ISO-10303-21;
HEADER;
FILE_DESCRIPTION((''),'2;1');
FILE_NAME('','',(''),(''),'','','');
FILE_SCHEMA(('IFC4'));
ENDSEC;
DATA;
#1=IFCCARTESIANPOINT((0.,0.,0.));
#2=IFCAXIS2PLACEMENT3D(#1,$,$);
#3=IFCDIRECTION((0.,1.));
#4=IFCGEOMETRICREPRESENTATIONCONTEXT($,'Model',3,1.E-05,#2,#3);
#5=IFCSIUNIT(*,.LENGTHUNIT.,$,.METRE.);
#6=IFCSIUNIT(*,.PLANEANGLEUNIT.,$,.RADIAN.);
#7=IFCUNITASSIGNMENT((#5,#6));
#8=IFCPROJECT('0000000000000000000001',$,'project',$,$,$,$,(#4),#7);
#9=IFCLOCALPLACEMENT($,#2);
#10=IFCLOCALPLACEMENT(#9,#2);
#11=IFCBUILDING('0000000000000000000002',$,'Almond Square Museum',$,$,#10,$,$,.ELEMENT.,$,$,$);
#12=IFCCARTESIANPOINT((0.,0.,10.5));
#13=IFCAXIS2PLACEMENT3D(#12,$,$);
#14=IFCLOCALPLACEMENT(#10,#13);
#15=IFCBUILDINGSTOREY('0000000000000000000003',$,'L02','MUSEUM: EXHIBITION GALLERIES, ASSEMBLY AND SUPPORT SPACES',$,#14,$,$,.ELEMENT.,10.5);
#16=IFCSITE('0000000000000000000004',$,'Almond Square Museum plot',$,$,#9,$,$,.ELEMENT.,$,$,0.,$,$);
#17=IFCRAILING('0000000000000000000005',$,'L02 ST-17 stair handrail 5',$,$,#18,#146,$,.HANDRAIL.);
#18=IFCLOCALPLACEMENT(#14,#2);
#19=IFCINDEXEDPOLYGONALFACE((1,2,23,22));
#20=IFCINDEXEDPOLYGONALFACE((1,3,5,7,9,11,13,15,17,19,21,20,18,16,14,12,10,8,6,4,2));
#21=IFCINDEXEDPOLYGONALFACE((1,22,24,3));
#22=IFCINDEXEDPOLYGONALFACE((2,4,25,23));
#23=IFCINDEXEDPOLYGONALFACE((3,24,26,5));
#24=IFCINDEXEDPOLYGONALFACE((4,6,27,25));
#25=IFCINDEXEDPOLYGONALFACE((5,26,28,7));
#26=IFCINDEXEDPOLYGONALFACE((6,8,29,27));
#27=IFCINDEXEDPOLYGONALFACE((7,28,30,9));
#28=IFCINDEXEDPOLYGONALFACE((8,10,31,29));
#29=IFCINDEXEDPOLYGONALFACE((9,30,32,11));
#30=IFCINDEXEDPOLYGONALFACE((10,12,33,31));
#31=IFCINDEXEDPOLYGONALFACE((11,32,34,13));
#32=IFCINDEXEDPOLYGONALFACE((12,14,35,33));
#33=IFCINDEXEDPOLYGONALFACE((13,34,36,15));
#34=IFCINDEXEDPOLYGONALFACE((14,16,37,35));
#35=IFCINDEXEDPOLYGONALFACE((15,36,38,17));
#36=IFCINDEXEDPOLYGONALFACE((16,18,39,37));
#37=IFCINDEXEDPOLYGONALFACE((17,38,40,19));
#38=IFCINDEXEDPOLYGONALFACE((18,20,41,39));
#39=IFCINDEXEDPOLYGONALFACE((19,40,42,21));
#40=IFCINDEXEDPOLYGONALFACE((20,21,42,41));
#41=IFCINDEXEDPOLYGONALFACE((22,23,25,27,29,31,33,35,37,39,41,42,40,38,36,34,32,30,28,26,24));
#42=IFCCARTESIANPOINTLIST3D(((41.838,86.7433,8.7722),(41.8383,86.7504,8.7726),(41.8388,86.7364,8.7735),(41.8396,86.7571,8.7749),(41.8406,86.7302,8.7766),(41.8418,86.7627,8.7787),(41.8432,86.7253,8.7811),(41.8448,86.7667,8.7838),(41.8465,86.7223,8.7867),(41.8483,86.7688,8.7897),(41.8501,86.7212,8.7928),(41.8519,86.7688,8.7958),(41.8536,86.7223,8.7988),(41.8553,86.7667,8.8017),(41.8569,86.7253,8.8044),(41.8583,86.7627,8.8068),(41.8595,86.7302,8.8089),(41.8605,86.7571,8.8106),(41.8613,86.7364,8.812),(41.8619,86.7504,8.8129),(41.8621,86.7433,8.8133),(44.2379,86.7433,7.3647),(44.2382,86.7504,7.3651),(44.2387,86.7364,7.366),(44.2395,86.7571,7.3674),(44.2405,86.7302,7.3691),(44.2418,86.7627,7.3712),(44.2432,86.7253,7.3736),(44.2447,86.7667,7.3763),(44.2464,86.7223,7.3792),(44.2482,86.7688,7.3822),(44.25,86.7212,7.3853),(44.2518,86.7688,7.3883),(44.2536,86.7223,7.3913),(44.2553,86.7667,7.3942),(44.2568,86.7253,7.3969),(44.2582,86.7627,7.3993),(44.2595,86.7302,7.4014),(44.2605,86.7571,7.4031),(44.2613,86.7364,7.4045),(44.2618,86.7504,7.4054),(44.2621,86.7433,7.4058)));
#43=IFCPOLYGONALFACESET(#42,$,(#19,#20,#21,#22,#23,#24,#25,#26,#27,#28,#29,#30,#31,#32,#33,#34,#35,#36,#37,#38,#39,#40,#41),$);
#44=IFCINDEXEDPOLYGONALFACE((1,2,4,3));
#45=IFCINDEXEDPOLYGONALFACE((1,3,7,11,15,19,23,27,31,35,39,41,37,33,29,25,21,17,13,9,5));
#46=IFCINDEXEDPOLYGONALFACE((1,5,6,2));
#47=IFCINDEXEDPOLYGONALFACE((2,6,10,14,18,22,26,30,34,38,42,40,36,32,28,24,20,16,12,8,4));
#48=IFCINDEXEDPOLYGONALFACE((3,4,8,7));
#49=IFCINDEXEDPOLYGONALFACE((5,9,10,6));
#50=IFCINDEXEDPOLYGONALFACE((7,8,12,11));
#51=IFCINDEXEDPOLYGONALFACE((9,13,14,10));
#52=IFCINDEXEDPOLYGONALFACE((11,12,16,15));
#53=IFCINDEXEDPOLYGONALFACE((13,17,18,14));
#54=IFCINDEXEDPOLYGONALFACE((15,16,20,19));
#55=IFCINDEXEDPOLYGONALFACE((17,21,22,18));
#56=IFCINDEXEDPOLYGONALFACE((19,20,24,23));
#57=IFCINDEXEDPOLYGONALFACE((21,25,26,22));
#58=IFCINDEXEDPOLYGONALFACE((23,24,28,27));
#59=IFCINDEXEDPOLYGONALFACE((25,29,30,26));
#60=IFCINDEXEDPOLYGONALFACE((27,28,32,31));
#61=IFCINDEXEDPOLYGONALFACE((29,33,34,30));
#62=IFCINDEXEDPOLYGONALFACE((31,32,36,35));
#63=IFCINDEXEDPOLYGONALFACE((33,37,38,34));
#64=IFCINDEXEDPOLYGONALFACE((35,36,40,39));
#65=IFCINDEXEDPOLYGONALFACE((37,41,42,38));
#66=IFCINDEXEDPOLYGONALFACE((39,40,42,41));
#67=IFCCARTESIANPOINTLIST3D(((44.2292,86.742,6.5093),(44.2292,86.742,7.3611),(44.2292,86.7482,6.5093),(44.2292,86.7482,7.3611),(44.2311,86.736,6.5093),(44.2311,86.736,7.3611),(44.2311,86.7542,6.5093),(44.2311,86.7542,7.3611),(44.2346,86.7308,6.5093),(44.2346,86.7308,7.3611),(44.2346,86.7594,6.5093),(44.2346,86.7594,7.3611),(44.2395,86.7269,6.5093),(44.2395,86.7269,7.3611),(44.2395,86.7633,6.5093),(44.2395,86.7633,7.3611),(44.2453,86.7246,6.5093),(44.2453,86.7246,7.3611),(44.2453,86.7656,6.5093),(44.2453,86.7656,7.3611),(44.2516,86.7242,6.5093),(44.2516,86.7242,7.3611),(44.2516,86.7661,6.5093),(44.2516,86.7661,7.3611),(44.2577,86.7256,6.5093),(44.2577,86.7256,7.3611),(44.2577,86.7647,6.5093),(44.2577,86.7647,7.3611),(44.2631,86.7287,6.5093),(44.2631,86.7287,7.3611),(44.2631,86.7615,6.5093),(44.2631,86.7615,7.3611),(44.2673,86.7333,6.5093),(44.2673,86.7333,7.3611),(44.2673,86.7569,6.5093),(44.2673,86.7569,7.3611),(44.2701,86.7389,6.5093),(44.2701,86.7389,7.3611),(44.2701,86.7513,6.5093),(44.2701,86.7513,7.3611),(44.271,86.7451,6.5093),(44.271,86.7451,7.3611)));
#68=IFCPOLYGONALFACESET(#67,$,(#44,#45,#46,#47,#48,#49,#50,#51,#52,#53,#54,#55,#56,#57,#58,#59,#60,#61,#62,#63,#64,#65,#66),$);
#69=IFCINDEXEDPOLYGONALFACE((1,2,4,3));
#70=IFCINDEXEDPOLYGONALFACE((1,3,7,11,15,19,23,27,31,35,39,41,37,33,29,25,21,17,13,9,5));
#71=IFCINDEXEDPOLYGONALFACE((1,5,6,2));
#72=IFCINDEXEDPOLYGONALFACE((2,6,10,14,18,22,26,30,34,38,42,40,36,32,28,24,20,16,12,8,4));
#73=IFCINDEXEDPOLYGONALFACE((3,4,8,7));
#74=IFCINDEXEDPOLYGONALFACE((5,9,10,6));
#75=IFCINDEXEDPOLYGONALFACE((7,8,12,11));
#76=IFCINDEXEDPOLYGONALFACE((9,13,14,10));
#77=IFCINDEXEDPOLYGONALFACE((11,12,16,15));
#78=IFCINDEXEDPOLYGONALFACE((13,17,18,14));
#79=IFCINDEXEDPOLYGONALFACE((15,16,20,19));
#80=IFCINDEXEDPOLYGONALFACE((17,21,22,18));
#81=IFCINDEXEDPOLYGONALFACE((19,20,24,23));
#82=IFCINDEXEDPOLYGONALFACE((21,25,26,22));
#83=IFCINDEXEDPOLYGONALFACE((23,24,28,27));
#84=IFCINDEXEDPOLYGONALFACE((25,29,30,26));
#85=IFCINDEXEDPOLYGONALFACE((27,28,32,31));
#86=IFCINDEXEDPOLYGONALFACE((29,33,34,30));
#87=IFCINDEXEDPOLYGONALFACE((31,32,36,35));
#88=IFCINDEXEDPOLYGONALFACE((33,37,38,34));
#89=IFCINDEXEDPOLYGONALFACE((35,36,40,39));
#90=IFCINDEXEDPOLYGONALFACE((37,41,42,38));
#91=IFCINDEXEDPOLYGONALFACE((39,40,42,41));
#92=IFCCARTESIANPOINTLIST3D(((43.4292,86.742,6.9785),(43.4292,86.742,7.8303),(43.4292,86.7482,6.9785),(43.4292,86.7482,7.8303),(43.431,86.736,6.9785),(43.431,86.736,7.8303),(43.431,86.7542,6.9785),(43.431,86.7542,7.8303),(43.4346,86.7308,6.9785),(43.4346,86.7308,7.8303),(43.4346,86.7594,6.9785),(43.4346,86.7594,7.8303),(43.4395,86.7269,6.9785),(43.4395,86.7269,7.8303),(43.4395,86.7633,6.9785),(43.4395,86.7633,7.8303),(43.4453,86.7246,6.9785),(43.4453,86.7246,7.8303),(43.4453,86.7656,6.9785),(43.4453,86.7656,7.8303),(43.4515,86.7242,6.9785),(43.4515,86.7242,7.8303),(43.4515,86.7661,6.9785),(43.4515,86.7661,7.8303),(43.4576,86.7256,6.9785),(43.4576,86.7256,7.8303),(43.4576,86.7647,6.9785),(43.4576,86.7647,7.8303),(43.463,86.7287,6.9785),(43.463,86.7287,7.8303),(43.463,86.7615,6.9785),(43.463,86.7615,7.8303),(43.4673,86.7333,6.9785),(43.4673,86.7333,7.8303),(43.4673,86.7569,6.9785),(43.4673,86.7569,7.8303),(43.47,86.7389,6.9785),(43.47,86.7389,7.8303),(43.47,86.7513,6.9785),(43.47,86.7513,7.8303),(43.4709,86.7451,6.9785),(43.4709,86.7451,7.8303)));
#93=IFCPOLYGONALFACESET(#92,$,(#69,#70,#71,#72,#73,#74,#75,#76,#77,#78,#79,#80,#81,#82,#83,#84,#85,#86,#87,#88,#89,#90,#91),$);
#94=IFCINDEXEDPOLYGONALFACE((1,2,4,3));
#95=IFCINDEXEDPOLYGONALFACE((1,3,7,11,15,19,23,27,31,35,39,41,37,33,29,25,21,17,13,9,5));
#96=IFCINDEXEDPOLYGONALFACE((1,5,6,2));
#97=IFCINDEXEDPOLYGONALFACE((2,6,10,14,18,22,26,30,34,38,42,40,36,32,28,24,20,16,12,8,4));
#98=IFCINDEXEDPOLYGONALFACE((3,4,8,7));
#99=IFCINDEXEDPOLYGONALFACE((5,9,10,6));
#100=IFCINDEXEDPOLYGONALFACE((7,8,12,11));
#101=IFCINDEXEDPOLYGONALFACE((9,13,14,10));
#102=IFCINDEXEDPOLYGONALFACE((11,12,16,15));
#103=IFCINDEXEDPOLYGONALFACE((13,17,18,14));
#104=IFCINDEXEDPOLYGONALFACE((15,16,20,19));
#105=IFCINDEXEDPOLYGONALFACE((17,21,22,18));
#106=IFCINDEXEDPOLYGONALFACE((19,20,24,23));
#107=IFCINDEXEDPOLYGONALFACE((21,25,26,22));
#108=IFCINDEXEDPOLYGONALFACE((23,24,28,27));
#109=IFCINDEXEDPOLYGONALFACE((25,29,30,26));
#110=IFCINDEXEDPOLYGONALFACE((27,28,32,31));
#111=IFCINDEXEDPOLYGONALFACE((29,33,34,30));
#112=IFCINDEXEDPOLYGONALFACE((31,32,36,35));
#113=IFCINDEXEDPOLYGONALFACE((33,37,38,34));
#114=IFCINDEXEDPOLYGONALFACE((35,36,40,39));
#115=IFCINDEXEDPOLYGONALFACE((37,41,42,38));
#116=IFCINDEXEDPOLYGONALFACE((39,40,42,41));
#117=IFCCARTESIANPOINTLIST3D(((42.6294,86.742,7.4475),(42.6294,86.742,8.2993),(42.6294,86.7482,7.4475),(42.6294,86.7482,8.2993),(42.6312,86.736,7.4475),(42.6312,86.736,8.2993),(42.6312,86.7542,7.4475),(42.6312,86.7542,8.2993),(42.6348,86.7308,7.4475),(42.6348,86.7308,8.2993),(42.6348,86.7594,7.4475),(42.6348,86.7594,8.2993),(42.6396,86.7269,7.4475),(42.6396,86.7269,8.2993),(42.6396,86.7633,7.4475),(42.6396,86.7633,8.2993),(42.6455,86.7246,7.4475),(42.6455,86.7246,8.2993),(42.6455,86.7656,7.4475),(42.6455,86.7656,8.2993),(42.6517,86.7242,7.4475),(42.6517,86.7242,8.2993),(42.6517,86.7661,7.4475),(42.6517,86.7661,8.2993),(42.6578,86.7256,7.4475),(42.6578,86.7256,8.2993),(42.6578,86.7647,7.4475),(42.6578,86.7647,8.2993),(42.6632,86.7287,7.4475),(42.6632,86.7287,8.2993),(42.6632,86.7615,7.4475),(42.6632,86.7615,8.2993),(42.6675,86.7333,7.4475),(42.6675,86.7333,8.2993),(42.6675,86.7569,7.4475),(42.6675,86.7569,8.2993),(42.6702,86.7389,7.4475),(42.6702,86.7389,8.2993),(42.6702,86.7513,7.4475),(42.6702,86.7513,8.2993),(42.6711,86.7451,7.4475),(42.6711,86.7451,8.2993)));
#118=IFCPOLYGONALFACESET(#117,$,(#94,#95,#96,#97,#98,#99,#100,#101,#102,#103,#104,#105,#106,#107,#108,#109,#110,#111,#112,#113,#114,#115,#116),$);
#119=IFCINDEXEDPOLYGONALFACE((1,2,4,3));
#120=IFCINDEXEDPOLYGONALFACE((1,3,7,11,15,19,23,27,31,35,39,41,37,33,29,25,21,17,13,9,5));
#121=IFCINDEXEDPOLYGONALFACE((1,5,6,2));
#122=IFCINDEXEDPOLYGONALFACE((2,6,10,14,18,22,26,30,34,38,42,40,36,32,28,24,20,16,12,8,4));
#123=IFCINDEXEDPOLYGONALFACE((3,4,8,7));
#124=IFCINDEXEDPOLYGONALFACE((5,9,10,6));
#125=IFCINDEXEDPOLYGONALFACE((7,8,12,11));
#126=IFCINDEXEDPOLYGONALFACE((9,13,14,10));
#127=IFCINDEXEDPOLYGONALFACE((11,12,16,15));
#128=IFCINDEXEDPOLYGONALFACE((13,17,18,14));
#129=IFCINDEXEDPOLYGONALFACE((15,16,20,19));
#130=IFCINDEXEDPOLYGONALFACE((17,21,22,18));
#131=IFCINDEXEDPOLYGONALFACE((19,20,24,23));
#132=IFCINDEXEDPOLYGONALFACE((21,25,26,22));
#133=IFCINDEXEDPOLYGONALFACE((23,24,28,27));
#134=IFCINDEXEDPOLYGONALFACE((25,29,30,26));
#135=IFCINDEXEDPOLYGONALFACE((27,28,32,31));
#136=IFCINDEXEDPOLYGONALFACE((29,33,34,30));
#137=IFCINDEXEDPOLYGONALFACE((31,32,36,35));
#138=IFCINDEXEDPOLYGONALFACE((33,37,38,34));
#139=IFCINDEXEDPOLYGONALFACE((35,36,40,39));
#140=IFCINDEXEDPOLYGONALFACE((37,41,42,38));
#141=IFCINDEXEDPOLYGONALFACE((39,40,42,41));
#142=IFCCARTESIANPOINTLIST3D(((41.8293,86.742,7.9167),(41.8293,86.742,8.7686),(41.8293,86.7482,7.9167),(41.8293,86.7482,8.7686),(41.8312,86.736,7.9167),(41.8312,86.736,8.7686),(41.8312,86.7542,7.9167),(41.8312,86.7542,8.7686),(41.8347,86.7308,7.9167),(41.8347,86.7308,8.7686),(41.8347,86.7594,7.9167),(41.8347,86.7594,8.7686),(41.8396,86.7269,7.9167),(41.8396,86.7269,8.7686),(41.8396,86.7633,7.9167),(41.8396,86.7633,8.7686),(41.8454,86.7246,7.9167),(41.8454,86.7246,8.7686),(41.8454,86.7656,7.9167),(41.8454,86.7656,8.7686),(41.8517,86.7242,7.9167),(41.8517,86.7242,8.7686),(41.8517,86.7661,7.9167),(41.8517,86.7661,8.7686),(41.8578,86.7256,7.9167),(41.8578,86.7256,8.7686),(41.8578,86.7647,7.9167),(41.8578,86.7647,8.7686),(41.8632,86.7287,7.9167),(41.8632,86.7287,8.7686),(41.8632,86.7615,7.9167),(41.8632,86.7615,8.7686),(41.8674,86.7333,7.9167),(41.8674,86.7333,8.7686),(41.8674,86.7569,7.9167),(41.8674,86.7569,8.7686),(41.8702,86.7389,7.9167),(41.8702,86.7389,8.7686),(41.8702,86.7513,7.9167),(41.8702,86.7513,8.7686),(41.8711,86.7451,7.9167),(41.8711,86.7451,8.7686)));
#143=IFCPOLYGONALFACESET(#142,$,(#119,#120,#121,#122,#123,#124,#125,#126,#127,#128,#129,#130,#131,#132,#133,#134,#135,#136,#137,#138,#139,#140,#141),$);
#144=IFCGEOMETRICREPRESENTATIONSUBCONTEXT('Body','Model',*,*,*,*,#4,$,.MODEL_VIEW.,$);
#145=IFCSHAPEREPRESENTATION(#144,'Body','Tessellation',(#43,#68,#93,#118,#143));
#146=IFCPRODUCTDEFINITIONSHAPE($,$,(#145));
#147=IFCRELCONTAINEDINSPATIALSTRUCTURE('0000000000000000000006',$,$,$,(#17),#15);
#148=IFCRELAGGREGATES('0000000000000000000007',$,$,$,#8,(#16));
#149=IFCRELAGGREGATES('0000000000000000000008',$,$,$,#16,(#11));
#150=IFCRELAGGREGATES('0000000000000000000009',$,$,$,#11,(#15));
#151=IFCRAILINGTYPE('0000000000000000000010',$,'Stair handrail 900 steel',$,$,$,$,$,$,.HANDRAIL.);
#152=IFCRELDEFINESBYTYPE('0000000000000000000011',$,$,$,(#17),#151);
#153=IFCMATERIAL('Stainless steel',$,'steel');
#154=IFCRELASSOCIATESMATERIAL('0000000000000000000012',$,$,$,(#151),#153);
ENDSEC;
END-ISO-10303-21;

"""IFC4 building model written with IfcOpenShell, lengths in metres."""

from ifc_helpers import new_model, si_unit, direction, frame, origin, origin_2d, place, context, subcontext, project, spatial, circle, extrude, material, type_object, element, save


model = new_model("IFC4")

# Units and contexts
model_context = context("Model", 3, precision=1e-05, world=origin(), true_north=direction((0.0, 1.0)))
body_context = subcontext(model_context, "Body", "Model", "MODEL_VIEW")
ifc_project = project(units=[si_unit("LENGTHUNIT", "METRE"), si_unit("PLANEANGLEUNIT", "RADIAN")], contexts=[model_context])

# Site, building, storey
site_placement = place(None, origin())
site = spatial("IfcSite", under=ifc_project, at=site_placement, Name="Almond Square Museum plot", CompositionType="ELEMENT", RefElevation=0.0)
building_placement = place(site_placement, origin())
building = spatial("IfcBuilding", under=site, at=building_placement, Name="Almond Square Museum", CompositionType="ELEMENT")
storey_placement = place(building_placement, frame((0.0, 0.0, 10.5)))
storey = spatial("IfcBuildingStorey", under=building, at=storey_placement, Name="L02", Description="MUSEUM: EXHIBITION GALLERIES, ASSEMBLY AND SUPPORT SPACES", CompositionType="ELEMENT", Elevation=10.5)

# Railing
ifc_material_1 = material(Name="Stainless steel", Category="steel")
railing_type_1 = type_object("IfcRailingType", Name="Stair handrail 900 steel", PredefinedType="HANDRAIL", material=ifc_material_1)
railing_1_placement = place(storey_placement, frame((44.25, 86.7451, 6.5093)))
element("IfcRailing", 1, at=railing_1_placement, inside=storey, type_object=railing_type_1, Name="L02 ST-17 stair handrail 5", PredefinedType="HANDRAIL", context=body_context, shape_type="SweptSolid", body=[
    extrude(circle(Radius=0.0239, at=origin_2d()), frame((0.0, 0.0, 0.876), z_axis=(-0.862599, 0.0, 0.505888), x_axis=(0.0, -1.0, 0.0)), (0.0, 0.0, 1.0), 2.7822),
    extrude(circle(Radius=0.021, at=origin_2d()), origin(), (0.0, 0.0, 1.0), 0.8518),
    extrude(circle(Radius=0.021, at=origin_2d()), frame((-0.8, 0.0, 0.4692)), (0.0, 0.0, 1.0), 0.8518),
    extrude(circle(Radius=0.021, at=origin_2d()), frame((-1.5999, 0.0, 0.9382)), (0.0, 0.0, 1.0), 0.8518),
    extrude(circle(Radius=0.021, at=origin_2d()), frame((-2.3999, 0.0, 1.4075)), (0.0, 0.0, 1.0), 0.8518),
])

save(model, "model.ifc")
